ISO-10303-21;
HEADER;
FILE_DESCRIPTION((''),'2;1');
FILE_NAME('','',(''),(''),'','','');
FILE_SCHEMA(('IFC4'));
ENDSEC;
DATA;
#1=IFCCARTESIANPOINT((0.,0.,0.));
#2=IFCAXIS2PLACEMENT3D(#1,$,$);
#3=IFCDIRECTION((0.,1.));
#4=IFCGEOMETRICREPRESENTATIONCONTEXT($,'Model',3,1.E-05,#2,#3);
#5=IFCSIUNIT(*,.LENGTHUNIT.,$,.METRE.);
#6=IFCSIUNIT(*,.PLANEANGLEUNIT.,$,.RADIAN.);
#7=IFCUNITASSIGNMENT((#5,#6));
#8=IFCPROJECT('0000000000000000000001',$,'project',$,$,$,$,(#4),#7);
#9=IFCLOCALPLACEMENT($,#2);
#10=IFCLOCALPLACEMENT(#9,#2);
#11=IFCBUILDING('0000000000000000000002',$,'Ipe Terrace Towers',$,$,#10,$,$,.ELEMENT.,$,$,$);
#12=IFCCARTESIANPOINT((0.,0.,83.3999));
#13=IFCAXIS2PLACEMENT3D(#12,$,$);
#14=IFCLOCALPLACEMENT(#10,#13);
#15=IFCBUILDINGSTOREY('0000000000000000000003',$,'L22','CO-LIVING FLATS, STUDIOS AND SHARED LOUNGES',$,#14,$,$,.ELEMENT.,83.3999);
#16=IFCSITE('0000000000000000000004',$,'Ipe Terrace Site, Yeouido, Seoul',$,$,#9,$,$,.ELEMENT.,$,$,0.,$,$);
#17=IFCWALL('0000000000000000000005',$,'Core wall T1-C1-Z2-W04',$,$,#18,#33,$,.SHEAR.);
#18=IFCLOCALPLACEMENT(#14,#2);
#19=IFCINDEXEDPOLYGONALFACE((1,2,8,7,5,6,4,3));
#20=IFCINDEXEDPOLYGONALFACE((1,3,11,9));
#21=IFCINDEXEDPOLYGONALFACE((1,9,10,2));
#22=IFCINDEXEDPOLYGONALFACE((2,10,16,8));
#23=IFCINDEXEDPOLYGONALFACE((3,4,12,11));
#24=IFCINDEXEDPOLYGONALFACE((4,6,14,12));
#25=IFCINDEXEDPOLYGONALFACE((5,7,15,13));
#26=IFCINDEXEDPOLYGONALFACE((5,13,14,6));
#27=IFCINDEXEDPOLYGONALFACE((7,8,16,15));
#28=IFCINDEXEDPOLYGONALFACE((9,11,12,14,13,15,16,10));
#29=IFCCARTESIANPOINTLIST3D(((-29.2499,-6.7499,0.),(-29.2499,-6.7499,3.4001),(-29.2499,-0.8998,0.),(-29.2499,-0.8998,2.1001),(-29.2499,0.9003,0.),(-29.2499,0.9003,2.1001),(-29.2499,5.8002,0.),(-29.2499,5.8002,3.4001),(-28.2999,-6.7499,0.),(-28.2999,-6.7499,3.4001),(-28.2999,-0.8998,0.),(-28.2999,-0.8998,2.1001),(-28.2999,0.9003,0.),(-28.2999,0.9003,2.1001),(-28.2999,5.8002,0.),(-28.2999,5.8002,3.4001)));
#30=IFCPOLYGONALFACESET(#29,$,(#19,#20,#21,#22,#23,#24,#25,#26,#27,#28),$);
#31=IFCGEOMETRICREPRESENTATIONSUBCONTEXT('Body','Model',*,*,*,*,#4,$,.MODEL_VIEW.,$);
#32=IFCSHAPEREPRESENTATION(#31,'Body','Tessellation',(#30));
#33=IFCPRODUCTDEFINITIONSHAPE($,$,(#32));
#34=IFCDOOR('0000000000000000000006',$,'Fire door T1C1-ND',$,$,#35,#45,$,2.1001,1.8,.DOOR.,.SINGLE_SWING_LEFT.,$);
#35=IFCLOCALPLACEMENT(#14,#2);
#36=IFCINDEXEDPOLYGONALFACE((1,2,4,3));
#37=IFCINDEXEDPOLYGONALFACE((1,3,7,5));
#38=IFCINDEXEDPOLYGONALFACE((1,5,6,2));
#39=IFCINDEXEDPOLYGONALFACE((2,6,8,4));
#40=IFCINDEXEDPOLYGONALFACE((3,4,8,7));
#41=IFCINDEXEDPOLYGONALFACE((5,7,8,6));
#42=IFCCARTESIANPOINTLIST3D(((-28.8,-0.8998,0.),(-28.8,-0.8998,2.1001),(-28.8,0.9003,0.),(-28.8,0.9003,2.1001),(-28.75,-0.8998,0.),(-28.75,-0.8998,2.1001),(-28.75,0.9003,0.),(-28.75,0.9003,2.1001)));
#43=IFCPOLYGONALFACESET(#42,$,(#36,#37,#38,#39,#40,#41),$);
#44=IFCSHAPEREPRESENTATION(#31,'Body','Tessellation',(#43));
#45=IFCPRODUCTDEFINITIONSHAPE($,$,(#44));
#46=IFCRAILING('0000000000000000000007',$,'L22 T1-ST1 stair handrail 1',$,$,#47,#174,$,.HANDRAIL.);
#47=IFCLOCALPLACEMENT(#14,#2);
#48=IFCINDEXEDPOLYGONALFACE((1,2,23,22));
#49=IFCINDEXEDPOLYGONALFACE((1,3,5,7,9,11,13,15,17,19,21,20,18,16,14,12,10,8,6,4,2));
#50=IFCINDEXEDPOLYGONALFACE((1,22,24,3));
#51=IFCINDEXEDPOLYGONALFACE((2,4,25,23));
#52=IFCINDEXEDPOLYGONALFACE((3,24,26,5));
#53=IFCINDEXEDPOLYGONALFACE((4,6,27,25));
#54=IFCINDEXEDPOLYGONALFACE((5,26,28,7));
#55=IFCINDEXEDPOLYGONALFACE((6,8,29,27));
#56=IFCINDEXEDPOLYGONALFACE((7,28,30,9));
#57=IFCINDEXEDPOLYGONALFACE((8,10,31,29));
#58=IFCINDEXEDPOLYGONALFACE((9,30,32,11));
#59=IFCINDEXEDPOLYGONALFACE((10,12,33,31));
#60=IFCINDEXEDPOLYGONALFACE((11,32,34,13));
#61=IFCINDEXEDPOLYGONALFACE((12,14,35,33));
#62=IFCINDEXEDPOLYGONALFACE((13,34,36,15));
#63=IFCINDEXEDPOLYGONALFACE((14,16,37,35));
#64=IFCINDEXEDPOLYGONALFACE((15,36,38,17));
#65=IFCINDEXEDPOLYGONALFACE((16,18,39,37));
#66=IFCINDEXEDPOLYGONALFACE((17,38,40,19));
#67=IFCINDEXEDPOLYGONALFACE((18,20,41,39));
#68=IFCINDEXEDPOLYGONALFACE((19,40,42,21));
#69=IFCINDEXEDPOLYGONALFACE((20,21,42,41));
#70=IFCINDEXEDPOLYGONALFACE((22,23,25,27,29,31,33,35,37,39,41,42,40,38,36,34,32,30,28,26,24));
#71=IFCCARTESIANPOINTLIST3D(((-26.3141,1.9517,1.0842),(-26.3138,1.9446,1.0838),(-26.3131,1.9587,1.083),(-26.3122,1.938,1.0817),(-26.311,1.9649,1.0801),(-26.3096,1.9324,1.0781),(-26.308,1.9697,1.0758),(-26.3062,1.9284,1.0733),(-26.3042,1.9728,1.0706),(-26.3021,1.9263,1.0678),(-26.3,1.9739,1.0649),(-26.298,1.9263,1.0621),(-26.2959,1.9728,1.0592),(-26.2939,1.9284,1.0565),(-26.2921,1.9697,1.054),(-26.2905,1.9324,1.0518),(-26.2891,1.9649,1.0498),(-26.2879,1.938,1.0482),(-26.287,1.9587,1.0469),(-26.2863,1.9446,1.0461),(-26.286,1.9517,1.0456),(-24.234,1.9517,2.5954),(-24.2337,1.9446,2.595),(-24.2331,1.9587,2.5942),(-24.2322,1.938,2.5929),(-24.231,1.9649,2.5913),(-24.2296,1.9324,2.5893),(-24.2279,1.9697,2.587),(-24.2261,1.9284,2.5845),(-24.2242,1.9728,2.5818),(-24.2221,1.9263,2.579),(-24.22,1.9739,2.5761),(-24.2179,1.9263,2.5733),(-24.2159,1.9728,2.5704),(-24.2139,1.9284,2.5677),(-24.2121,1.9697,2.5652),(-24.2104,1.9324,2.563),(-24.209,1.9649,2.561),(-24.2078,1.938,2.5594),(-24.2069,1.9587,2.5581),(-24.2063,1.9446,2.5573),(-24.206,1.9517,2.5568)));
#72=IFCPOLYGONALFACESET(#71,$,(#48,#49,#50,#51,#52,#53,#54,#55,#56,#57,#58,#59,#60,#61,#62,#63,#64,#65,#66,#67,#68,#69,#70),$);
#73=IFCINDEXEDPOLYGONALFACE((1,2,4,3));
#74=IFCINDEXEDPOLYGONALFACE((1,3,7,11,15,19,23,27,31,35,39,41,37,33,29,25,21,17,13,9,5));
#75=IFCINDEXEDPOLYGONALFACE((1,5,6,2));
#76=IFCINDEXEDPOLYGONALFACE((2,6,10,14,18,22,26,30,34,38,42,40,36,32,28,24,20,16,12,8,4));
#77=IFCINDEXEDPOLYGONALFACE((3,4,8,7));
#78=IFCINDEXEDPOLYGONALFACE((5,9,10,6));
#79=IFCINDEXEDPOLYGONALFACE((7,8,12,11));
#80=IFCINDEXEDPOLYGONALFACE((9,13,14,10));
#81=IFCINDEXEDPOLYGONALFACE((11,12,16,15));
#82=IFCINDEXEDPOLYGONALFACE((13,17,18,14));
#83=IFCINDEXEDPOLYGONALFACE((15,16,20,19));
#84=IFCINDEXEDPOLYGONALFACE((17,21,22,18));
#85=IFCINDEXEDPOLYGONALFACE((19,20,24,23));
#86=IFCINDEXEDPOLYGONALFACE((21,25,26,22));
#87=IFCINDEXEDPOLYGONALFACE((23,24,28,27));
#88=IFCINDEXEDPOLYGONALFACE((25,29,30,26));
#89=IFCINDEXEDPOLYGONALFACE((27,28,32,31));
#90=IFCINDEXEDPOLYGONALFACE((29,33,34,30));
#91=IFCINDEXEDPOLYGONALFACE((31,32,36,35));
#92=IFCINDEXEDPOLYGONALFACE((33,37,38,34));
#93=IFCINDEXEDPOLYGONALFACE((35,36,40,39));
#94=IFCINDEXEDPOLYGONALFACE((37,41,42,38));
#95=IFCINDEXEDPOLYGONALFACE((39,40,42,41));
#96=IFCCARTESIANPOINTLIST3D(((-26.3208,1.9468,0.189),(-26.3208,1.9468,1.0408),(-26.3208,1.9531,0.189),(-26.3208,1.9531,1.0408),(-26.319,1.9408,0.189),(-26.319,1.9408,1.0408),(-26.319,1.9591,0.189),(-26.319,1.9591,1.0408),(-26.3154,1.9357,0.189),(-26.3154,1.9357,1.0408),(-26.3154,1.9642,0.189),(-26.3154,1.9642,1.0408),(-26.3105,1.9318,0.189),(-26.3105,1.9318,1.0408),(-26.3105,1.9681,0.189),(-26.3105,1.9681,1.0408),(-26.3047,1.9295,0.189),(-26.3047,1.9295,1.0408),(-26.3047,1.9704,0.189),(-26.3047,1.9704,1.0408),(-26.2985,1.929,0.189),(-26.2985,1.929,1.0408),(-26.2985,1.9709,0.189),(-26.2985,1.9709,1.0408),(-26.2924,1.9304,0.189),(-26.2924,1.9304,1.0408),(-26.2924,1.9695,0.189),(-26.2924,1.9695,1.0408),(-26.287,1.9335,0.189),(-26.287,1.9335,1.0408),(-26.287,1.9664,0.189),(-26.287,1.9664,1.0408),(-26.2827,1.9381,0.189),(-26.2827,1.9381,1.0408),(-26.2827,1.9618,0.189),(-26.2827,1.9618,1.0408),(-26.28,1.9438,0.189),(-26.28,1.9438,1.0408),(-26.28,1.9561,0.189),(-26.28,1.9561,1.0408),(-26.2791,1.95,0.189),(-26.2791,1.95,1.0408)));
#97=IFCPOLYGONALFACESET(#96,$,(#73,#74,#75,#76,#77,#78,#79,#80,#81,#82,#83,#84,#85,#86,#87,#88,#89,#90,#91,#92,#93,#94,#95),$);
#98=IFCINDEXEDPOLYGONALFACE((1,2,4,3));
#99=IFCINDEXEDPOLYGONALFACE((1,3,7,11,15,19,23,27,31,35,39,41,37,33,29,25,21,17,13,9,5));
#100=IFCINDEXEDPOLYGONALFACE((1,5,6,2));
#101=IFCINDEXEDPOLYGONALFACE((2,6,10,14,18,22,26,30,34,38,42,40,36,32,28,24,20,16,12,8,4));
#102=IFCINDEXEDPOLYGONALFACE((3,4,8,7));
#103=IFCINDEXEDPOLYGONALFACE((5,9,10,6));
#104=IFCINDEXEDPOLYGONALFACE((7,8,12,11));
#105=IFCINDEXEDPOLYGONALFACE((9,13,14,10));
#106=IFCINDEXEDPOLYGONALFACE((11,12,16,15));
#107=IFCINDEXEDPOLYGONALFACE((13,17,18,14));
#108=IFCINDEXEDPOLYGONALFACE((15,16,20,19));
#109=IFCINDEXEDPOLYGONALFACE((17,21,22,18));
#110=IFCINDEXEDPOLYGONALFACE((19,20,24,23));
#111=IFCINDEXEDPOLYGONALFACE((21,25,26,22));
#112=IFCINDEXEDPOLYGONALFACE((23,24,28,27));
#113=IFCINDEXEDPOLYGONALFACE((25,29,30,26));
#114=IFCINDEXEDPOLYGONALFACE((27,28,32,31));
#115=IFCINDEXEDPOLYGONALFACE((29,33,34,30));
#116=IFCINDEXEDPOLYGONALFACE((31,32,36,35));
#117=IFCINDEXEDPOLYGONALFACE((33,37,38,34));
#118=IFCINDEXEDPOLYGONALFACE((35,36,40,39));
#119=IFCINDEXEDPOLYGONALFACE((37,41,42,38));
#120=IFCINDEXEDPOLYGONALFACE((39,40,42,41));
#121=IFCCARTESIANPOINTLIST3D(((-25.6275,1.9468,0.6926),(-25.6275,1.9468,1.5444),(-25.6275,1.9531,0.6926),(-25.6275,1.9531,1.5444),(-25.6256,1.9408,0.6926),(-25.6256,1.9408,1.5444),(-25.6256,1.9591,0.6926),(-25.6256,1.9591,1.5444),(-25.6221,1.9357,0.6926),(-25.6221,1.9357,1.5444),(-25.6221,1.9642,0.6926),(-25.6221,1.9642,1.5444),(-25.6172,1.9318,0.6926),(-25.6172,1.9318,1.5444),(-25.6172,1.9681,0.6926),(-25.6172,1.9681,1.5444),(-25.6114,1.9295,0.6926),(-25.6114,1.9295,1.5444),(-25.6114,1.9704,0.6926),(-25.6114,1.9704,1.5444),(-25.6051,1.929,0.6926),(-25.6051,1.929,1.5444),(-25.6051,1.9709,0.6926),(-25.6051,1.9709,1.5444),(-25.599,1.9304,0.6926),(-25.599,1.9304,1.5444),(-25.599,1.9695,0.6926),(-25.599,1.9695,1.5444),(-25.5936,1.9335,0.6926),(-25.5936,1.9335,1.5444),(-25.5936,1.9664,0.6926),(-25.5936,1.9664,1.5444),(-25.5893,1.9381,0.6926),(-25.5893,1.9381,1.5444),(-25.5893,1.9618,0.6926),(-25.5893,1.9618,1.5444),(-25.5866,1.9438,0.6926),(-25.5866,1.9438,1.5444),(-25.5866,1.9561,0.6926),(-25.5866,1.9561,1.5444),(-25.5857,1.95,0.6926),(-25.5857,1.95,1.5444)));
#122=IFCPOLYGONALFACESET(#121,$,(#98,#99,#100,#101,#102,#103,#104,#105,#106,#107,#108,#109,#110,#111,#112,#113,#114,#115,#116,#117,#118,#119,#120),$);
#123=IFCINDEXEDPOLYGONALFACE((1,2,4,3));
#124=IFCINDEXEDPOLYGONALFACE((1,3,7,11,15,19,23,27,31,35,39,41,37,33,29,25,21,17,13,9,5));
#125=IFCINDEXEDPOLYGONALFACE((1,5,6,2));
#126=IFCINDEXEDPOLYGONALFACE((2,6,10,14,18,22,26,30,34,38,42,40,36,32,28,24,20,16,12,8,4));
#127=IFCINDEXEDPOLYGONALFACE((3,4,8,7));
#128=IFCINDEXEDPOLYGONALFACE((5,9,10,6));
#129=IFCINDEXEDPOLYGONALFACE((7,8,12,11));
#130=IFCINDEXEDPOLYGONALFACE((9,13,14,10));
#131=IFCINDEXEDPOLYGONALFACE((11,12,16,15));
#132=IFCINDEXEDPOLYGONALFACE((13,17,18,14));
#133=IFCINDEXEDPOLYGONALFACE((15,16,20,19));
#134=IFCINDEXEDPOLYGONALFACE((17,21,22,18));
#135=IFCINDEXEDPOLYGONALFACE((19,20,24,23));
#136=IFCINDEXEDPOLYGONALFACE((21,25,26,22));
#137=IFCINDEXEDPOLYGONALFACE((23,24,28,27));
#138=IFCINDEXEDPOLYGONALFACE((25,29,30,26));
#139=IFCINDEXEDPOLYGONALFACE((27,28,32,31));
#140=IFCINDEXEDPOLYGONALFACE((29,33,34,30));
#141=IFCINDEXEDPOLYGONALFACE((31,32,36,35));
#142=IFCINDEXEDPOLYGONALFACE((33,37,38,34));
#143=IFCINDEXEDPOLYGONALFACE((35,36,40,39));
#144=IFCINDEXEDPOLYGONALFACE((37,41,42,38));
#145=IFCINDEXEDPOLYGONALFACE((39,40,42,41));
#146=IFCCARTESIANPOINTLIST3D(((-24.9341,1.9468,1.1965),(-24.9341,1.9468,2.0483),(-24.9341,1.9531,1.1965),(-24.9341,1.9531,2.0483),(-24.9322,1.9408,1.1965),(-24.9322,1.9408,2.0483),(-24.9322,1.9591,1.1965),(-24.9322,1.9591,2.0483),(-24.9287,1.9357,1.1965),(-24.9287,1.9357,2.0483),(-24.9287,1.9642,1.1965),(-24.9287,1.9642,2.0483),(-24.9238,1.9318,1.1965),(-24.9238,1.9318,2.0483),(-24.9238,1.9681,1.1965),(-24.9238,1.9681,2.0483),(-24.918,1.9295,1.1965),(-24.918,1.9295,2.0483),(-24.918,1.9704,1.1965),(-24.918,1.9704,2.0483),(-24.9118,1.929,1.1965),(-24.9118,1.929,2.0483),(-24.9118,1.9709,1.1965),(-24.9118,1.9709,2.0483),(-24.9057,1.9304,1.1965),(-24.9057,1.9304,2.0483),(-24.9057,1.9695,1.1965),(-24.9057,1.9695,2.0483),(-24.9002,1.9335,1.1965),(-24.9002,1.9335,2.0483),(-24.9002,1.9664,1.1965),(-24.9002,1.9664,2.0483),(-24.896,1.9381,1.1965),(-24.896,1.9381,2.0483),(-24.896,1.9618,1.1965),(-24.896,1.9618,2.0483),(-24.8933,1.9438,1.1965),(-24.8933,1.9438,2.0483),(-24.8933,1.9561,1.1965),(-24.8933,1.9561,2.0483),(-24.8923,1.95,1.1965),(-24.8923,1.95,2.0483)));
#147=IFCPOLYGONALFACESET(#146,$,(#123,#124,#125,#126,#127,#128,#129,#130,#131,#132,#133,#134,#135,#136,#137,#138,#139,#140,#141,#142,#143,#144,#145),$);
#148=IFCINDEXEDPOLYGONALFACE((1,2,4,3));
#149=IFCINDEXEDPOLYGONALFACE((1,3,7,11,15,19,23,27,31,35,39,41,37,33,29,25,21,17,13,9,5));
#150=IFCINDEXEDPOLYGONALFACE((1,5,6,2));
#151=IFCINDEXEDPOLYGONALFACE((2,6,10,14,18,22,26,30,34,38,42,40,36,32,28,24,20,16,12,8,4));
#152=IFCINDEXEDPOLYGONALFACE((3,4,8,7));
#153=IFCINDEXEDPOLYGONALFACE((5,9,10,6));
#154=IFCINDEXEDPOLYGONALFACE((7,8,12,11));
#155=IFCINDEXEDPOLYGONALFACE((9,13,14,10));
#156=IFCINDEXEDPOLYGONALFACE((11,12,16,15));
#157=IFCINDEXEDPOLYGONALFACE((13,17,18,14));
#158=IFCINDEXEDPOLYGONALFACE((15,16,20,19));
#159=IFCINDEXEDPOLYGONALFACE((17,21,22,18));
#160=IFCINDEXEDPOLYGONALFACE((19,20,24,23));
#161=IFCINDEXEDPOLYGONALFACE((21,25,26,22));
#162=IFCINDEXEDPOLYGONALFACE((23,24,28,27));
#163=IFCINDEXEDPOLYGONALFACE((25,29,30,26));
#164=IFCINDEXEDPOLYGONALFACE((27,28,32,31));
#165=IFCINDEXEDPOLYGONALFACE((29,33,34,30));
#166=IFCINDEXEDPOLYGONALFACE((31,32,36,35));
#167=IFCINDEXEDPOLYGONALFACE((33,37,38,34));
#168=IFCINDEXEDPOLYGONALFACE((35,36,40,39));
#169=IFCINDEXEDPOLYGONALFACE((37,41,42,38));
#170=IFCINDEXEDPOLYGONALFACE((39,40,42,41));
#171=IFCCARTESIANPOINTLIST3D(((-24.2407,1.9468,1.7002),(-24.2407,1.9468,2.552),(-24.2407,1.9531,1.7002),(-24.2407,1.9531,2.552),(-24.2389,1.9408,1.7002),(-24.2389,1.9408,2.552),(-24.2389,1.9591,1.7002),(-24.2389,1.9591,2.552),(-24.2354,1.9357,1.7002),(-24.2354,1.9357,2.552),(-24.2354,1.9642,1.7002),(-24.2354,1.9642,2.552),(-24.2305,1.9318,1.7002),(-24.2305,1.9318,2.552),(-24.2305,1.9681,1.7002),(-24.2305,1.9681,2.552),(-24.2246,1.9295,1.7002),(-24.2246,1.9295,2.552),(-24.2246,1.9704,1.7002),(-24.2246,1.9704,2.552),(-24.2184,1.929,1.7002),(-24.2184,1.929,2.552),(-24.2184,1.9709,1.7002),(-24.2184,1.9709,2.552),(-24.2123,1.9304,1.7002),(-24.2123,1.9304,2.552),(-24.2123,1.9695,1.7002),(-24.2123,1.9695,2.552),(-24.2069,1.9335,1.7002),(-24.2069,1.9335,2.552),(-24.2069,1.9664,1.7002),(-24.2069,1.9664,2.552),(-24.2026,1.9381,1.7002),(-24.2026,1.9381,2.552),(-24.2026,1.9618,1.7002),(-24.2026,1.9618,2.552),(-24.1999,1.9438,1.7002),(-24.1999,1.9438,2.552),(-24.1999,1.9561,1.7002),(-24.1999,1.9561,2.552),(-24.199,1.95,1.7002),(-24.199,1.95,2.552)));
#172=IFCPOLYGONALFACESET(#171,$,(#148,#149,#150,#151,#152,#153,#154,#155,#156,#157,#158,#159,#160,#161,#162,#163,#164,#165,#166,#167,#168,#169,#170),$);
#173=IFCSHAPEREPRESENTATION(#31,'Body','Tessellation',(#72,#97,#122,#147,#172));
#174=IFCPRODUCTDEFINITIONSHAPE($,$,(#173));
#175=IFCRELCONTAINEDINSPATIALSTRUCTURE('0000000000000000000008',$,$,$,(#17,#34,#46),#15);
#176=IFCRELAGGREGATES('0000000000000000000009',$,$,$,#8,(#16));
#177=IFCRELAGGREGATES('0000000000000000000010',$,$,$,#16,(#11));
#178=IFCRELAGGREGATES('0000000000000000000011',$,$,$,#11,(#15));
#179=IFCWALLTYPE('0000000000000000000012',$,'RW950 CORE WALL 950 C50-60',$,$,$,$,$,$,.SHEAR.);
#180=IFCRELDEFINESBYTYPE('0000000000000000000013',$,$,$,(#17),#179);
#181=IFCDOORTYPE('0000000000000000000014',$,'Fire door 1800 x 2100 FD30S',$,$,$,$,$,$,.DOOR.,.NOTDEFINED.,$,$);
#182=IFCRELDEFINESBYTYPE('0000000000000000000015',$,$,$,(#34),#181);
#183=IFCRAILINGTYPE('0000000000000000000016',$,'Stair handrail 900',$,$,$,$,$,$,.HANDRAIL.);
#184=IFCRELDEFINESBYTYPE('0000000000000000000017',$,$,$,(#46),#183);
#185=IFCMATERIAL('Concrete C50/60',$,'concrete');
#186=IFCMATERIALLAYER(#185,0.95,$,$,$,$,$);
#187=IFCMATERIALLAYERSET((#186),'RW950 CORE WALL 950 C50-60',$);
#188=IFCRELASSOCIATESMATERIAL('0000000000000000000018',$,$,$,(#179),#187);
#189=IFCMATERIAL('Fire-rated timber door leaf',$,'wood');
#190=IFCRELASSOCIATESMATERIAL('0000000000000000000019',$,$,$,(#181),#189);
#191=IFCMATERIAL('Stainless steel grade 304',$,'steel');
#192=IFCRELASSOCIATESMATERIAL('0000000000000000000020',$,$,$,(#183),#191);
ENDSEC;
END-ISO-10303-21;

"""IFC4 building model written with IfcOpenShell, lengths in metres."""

from ifc_helpers import new_model, si_unit, direction, frame, frame_2d, origin, origin_2d, place, context, subcontext, project, spatial, rectangle, circle, extrude, material, layer, layer_set, type_object, element, fill, save


model = new_model("IFC4")

# Units and contexts
model_context = context("Model", 3, precision=1e-05, world=origin(), true_north=direction((0.0, 1.0)))
body_context = subcontext(model_context, "Body", "Model", "MODEL_VIEW")
ifc_project = project(units=[si_unit("LENGTHUNIT", "METRE"), si_unit("PLANEANGLEUNIT", "RADIAN")], contexts=[model_context])

# Site, building, storey
site_placement = place(None, origin())
site = spatial("IfcSite", under=ifc_project, at=site_placement, Name="Ipe Terrace Site, Yeouido, Seoul", CompositionType="ELEMENT", RefElevation=0.0)
building_placement = place(site_placement, origin())
building = spatial("IfcBuilding", under=site, at=building_placement, Name="Ipe Terrace Towers", CompositionType="ELEMENT")
storey_placement = place(building_placement, frame((0.0, 0.0, 83.3999)))
storey = spatial("IfcBuildingStorey", under=building, at=storey_placement, Name="L22", Description="CO-LIVING FLATS, STUDIOS AND SHARED LOUNGES", CompositionType="ELEMENT", Elevation=83.3999)

# Shared definitions
ifc_material_1 = material(Name="Concrete C50/60", Category="concrete")
ifc_layer_1 = layer(ifc_material_1, 0.95)
ifc_layer_set_1 = layer_set([ifc_layer_1], Name="RW950 CORE WALL 950 C50-60")
wall_type_1 = type_object("IfcWallType", Name="RW950 CORE WALL 950 C50-60", PredefinedType="SHEAR", material=ifc_layer_set_1)

# Wall, opening, door
wall_1_placement = place(storey_placement, frame((-28.7749, 5.8, 0.0), z_axis=(0.0, 0.0, 1.0), x_axis=(0.0, -1.0, 0.0)))
wall_1 = element("IfcWall", 1, at=wall_1_placement, inside=storey, type_object=wall_type_1, Name="Core wall T1-C1-Z2-W04", PredefinedType="SHEAR", context=body_context, shape_type="SweptSolid", body=[
    extrude(rectangle(XDim=12.55, YDim=0.95, at=frame_2d((6.2749, 0.0))), origin(), (0.0, 0.0, 1.0), 3.4001),
])
opening_placement = place(wall_1_placement, frame((4.8999, 0.0, 0.0)))
opening = element("IfcOpeningElement", 2, at=opening_placement, cuts=wall_1, PredefinedType="OPENING", context=body_context, shape_type="SweptSolid", body=[
    extrude(rectangle(XDim=1.8, YDim=2.1001, at=frame_2d((0.8999, 1.05))), frame((0.0, 0.4849, 0.0), z_axis=(0.0, -1.0, 0.0), x_axis=(1.0, 0.0, 0.0)), (0.0, 0.0, 1.0), 0.97),
])
ifc_material_2 = material(Name="Fire-rated timber door leaf", Category="wood")
door_type = type_object("IfcDoorType", Name="Fire door 1800 x 2100 FD30S", OperationType="NOTDEFINED", PredefinedType="DOOR", material=ifc_material_2)
door_placement = place(opening_placement, origin())
door = element("IfcDoor", 3, at=door_placement, inside=storey, type_object=door_type, Name="Fire door T1C1-ND", OperationType="SINGLE_SWING_LEFT", OverallHeight=2.1001, OverallWidth=1.8, PredefinedType="DOOR", context=body_context, shape_type="SweptSolid", body=[
    extrude(rectangle(XDim=1.8, YDim=2.1001, at=frame_2d((0.8999, 1.05))), frame((0.0, 0.0249, 0.0), z_axis=(0.0, -1.0, 0.0), x_axis=(1.0, 0.0, 0.0)), (0.0, 0.0, 1.0), 0.05),
])
fill(opening, door)

# Railing
ifc_material_3 = material(Name="Stainless steel grade 304", Category="steel")
railing_type_1 = type_object("IfcRailingType", Name="Stair handrail 900", PredefinedType="HANDRAIL", material=ifc_material_3)
railing_1_placement = place(storey_placement, frame((-26.3, 1.95, 0.189)))
element("IfcRailing", 4, at=railing_1_placement, inside=storey, type_object=railing_type_1, Name="L22 T1-ST1 stair handrail 1", PredefinedType="HANDRAIL", context=body_context, shape_type="SweptSolid", body=[
    extrude(circle(Radius=0.0239, at=origin_2d()), frame((0.0, 0.0, 0.876), z_axis=(0.809023, 0.0, 0.587776), x_axis=(0.0, 1.0, 0.0)), (0.0, 0.0, 1.0), 2.571),
    extrude(circle(Radius=0.021, at=origin_2d()), origin(), (0.0, 0.0, 1.0), 0.8518),
    extrude(circle(Radius=0.021, at=origin_2d()), frame((0.6934, 0.0, 0.5037)), (0.0, 0.0, 1.0), 0.8518),
    extrude(circle(Radius=0.021, at=origin_2d()), frame((1.3867, 0.0, 1.0076)), (0.0, 0.0, 1.0), 0.8518),
    extrude(circle(Radius=0.021, at=origin_2d()), frame((2.0801, 0.0, 1.5112)), (0.0, 0.0, 1.0), 0.8518),
])

save(model, "model.ifc")
